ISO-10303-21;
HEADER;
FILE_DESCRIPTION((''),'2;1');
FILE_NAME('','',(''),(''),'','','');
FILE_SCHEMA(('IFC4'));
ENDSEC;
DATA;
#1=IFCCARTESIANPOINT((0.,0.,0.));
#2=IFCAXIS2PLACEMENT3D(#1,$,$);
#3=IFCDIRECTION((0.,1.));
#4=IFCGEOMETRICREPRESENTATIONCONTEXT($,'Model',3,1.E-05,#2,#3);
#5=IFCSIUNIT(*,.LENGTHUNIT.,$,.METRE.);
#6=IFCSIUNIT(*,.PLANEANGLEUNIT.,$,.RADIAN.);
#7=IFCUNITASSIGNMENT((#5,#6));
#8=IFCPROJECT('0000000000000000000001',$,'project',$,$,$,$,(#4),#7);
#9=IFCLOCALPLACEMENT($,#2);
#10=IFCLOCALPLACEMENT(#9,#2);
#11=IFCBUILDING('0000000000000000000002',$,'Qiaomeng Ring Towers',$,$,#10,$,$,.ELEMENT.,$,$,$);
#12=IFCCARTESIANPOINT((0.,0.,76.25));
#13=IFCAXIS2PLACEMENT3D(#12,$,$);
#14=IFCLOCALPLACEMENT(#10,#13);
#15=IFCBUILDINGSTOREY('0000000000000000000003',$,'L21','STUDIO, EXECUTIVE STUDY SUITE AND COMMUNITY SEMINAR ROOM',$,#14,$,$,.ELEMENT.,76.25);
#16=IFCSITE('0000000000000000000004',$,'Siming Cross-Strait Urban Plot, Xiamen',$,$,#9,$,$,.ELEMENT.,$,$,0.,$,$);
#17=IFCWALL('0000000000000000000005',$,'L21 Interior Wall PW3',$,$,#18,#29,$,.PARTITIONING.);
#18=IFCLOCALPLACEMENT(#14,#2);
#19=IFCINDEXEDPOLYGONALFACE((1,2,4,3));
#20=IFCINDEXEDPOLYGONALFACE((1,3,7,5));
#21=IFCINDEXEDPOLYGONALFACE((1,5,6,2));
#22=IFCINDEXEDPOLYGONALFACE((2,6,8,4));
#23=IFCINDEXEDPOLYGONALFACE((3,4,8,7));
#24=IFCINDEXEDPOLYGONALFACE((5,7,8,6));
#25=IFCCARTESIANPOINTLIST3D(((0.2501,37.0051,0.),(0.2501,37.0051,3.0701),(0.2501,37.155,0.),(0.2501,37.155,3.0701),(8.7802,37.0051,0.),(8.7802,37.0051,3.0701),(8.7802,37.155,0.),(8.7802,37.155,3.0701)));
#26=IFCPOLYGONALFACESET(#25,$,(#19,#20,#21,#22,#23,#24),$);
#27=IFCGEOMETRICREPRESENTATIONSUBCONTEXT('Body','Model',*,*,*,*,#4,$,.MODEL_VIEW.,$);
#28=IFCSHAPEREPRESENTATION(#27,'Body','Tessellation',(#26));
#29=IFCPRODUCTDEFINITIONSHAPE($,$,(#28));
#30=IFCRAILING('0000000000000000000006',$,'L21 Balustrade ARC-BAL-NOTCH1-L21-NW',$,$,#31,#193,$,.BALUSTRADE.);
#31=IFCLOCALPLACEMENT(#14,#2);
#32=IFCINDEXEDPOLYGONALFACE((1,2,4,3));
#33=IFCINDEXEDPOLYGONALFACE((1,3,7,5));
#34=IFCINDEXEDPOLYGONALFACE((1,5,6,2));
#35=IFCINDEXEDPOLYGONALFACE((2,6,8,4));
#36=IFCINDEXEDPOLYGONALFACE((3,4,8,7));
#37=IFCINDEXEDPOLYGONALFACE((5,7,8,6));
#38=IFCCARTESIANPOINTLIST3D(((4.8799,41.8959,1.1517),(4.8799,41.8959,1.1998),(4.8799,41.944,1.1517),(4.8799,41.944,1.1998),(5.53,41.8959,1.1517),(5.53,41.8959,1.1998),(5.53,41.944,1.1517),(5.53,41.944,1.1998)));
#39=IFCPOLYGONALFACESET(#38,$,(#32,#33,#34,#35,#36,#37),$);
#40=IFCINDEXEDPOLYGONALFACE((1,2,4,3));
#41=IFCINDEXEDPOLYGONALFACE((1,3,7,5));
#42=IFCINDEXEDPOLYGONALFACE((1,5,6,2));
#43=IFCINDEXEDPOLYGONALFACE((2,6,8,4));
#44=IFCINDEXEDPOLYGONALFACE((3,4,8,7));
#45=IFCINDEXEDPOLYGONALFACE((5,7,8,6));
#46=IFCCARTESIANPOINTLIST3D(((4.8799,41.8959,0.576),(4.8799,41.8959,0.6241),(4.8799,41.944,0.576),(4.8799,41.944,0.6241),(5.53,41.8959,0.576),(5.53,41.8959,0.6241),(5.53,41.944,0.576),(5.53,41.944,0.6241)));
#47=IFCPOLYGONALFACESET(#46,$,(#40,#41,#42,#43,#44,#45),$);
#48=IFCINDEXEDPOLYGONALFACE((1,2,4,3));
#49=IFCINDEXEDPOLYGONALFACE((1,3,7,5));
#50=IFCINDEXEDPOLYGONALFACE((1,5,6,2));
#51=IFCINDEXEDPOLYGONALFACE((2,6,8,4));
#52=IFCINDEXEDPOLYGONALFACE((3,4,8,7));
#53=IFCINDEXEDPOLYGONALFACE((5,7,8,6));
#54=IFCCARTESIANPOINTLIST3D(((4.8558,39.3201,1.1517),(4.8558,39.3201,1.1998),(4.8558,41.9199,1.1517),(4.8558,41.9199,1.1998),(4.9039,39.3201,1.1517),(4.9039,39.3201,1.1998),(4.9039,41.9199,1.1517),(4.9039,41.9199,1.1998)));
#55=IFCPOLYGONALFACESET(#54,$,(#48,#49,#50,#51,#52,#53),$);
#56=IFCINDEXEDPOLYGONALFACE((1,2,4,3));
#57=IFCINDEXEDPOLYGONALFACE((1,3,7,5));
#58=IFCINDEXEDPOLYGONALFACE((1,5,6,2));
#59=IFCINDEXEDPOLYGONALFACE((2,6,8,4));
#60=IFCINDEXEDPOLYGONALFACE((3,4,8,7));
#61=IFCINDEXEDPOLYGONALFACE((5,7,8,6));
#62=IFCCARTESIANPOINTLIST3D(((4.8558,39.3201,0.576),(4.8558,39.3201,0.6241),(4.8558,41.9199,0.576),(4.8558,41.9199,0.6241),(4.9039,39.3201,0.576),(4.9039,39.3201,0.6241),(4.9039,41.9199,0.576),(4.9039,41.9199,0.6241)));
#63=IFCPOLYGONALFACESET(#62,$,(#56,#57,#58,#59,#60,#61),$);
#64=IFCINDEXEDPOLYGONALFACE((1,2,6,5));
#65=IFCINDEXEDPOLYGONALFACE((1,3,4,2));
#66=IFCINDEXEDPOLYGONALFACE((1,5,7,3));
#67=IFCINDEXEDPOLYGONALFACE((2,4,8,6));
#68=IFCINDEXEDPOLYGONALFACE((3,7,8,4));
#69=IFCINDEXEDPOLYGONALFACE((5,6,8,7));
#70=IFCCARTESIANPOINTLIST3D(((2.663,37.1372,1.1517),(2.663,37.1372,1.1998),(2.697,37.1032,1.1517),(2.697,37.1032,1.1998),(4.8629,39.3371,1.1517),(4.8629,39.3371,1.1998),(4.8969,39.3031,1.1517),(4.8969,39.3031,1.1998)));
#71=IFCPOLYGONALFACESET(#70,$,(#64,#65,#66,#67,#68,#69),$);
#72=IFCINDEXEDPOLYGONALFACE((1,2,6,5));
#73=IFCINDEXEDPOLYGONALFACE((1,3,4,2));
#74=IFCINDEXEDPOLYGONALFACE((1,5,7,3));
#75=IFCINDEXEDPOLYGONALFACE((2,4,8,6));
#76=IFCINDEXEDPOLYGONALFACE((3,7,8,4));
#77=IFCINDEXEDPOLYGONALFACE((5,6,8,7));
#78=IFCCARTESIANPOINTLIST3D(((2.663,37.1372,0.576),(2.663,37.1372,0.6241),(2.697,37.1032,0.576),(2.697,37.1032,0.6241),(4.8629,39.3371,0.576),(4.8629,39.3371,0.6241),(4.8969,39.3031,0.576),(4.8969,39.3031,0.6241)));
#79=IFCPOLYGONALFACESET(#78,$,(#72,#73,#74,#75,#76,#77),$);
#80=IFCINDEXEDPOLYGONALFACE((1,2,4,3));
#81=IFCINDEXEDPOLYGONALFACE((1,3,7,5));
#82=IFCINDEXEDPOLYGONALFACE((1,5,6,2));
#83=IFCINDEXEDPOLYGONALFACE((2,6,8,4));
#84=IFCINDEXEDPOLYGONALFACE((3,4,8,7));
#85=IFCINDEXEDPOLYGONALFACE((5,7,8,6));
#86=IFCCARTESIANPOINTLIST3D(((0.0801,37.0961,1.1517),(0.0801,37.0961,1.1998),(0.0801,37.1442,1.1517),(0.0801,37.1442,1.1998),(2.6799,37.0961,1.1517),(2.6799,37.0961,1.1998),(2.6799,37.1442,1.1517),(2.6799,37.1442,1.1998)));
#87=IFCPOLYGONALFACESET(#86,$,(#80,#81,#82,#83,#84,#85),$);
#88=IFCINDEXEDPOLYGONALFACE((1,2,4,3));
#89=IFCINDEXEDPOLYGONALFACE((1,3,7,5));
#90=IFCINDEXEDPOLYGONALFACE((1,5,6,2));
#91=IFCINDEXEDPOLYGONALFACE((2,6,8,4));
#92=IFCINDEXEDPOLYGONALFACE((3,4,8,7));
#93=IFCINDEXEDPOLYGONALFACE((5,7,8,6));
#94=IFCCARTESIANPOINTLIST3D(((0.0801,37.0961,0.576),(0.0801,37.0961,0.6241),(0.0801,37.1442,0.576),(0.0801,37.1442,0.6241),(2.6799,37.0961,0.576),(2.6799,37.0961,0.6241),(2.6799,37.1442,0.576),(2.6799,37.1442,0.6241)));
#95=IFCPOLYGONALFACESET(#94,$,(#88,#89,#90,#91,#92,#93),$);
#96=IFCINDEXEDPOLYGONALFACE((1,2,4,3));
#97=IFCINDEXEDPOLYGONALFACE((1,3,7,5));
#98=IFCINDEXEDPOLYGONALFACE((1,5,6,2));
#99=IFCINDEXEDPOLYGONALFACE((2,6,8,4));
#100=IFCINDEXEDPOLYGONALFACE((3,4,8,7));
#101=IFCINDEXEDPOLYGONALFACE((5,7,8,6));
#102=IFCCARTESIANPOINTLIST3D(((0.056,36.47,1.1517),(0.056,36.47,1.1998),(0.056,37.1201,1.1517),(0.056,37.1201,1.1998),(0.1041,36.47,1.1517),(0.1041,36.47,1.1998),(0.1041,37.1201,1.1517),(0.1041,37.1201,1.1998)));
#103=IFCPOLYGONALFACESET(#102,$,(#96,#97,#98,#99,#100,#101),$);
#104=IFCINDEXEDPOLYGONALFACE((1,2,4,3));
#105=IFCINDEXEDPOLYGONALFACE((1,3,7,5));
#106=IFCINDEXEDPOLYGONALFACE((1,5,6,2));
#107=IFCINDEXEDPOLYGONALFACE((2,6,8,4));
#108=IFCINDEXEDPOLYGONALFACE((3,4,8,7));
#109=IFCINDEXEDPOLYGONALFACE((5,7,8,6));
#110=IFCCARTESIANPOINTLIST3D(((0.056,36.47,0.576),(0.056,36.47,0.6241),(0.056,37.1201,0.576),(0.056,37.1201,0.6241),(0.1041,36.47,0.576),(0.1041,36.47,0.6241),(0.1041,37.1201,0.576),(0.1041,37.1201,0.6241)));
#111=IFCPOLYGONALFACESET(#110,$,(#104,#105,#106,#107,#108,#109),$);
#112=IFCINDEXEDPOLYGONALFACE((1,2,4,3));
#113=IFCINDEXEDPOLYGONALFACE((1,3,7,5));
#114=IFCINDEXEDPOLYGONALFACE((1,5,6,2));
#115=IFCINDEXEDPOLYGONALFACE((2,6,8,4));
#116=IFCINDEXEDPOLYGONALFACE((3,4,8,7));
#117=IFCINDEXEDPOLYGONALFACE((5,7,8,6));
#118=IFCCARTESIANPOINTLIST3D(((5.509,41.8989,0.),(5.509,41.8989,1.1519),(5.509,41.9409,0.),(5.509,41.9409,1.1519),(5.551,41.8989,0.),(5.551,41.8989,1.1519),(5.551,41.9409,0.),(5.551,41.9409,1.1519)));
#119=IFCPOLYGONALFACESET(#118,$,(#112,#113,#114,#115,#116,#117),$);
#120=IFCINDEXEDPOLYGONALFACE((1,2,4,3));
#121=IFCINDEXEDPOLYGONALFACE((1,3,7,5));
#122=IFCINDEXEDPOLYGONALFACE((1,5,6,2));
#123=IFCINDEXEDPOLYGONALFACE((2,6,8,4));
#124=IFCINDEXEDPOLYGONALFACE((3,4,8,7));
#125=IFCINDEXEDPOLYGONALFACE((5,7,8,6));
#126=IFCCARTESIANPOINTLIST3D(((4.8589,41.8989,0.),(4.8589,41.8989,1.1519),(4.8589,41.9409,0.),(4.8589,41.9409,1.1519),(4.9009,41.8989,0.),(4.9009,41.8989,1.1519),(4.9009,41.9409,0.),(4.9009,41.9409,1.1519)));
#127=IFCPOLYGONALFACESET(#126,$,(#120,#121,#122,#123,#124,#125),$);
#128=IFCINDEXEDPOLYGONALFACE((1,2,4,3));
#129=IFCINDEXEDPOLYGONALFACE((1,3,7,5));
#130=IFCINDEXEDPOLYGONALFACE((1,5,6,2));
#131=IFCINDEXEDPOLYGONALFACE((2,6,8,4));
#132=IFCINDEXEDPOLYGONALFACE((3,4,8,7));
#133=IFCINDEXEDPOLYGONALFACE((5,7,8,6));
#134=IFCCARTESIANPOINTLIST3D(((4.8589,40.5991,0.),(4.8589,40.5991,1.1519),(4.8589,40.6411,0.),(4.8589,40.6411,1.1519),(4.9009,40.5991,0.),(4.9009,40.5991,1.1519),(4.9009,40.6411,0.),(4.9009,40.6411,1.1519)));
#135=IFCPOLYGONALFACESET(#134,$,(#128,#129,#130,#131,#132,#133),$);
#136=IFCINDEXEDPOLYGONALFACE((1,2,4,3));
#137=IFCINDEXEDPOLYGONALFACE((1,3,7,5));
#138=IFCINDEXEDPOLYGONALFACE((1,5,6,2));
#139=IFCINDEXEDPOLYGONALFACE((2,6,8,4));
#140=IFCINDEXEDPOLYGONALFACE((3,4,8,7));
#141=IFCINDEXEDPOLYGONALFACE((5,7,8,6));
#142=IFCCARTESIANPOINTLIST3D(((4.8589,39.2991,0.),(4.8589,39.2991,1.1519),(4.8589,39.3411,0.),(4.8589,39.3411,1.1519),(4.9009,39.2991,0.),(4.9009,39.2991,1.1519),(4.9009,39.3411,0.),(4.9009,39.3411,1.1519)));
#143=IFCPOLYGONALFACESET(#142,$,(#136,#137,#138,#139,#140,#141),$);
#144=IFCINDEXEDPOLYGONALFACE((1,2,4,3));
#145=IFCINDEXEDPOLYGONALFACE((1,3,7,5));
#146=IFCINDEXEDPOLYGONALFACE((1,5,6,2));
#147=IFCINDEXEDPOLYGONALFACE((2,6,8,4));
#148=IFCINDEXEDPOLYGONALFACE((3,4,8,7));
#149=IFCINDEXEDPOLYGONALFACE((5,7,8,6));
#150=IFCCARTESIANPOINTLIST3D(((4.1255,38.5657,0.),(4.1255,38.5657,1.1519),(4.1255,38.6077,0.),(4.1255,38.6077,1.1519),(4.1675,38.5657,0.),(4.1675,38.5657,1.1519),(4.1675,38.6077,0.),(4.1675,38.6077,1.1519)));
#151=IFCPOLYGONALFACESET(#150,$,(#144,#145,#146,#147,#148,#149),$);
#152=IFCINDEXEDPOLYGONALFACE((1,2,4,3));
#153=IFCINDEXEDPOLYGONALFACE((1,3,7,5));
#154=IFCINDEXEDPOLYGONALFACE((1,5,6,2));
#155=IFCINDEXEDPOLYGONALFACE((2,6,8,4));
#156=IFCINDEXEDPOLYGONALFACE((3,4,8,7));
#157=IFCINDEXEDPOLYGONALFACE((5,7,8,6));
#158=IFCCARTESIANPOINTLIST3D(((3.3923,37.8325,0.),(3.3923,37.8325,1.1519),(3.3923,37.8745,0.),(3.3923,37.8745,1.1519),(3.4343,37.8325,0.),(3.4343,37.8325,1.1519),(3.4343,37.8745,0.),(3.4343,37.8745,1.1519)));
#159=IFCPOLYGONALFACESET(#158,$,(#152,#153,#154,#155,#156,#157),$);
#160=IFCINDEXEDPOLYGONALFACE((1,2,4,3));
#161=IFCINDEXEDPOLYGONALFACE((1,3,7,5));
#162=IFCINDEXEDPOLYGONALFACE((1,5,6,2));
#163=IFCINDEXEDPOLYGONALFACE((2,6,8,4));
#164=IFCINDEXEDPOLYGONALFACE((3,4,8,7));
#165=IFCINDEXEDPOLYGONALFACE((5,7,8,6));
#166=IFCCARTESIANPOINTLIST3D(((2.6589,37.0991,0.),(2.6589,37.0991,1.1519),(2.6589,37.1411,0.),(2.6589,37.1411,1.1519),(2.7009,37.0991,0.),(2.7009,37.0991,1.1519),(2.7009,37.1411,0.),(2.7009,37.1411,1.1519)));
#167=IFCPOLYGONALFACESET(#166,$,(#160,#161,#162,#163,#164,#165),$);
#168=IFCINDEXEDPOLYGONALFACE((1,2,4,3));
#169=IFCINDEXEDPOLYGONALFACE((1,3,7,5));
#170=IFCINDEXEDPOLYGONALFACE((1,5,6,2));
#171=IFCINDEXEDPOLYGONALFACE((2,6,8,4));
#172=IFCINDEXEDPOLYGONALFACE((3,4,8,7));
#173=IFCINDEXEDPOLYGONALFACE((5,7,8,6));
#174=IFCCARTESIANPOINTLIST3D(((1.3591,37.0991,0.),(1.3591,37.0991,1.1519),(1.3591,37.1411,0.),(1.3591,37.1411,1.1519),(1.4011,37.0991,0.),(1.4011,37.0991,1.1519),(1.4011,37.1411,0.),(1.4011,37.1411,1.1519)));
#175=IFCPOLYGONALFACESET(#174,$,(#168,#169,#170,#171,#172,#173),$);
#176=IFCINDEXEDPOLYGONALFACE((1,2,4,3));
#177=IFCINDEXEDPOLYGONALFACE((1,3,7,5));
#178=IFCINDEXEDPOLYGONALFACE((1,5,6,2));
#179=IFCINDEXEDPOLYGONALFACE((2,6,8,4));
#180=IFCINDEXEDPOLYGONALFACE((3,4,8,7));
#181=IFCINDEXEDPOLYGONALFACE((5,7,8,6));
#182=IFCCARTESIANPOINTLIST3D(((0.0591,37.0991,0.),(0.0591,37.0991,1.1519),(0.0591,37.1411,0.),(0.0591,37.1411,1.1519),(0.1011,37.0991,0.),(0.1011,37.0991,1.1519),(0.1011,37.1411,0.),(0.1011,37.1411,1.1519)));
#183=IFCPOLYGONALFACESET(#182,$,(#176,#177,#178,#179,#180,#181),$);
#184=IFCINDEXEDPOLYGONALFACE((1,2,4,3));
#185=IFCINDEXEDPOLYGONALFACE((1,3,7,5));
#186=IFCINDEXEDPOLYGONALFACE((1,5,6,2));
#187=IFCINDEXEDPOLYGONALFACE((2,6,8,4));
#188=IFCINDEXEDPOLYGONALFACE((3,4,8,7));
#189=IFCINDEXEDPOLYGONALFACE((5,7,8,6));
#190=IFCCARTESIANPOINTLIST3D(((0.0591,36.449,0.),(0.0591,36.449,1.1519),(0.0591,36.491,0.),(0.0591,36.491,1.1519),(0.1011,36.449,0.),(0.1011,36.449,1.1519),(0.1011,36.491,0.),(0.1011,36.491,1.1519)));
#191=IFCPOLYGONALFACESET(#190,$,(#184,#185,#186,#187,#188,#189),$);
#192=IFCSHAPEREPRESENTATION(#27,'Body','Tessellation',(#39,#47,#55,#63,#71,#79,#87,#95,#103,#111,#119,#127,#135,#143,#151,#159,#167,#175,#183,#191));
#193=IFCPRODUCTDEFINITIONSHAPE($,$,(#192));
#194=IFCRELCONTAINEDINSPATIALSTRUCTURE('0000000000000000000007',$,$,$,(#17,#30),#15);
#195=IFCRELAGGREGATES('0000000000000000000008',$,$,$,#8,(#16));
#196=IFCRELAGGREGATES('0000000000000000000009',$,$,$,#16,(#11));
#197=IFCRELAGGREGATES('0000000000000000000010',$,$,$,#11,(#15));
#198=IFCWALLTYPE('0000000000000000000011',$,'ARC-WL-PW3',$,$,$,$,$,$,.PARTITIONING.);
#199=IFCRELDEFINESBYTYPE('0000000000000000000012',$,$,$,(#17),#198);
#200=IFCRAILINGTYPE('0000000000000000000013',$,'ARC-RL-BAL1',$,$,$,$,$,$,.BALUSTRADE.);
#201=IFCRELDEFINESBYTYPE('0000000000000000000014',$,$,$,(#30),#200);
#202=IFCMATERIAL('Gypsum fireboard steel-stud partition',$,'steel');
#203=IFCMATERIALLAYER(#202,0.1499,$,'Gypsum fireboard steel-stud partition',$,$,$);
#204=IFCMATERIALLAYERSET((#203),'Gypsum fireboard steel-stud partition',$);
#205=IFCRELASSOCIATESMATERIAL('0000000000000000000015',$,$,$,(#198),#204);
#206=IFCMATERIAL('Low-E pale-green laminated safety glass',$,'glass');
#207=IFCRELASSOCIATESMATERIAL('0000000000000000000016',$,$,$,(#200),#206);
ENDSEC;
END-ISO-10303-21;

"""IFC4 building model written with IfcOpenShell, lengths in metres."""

from ifc_helpers import new_model, si_unit, direction, frame, frame_2d, origin, origin_2d, place, context, subcontext, project, spatial, rectangle, extrude, material, layer, layer_set, type_object, element, save


model = new_model("IFC4")

# Units and contexts
model_context = context("Model", 3, precision=1e-05, world=origin(), true_north=direction((0.0, 1.0)))
body_context = subcontext(model_context, "Body", "Model", "MODEL_VIEW")
ifc_project = project(units=[si_unit("LENGTHUNIT", "METRE"), si_unit("PLANEANGLEUNIT", "RADIAN")], contexts=[model_context])

# Site, building, storey
site_placement = place(None, origin())
site = spatial("IfcSite", under=ifc_project, at=site_placement, Name="Siming Cross-Strait Urban Plot, Xiamen", CompositionType="ELEMENT", RefElevation=0.0)
building_placement = place(site_placement, origin())
building = spatial("IfcBuilding", under=site, at=building_placement, Name="Qiaomeng Ring Towers", CompositionType="ELEMENT")
storey_placement = place(building_placement, frame((0.0, 0.0, 76.25)))
storey = spatial("IfcBuildingStorey", under=building, at=storey_placement, Name="L21", Description="STUDIO, EXECUTIVE STUDY SUITE AND COMMUNITY SEMINAR ROOM", CompositionType="ELEMENT", Elevation=76.25)

# Wall
ifc_material_1 = material(Name="Gypsum fireboard steel-stud partition", Category="steel")
ifc_layer_1 = layer(ifc_material_1, 0.1499, Name="Gypsum fireboard steel-stud partition")
ifc_layer_set_1 = layer_set([ifc_layer_1], Name="Gypsum fireboard steel-stud partition")
wall_type_1 = type_object("IfcWallType", Name="ARC-WL-PW3", PredefinedType="PARTITIONING", material=ifc_layer_set_1)
wall_1_placement = place(storey_placement, frame((0.25, 37.0801, 0.0), z_axis=(0.0, 0.0, 1.0), x_axis=(1.0, 0.0, 0.0)))
element("IfcWall", 1, at=wall_1_placement, inside=storey, type_object=wall_type_1, Name="L21 Interior Wall PW3", PredefinedType="PARTITIONING", context=body_context, shape_type="SweptSolid", body=[
    extrude(rectangle(XDim=8.53, YDim=0.1499, at=frame_2d((4.2651, 0.0))), origin(), (0.0, 0.0, 1.0), 3.0701),
])

# Railing
ifc_material_2 = material(Name="Low-E pale-green laminated safety glass", Category="glass")
railing_type = type_object("IfcRailingType", Name="ARC-RL-BAL1", PredefinedType="BALUSTRADE", material=ifc_material_2)
railing_placement = place(storey_placement, frame((5.53, 41.9199, 0.0)))
element("IfcRailing", 2, at=railing_placement, inside=storey, type_object=railing_type, Name="L21 Balustrade ARC-BAL-NOTCH1-L21-NW", PredefinedType="BALUSTRADE", context=body_context, shape_type="SweptSolid", body=[
    extrude(rectangle(XDim=0.0481, YDim=0.0481, at=origin_2d()), frame((0.0, 0.0, 1.1758), z_axis=(-1.0, 0.0, 0.0), x_axis=(0.0, -1.0, 0.0)), (0.0, 0.0, 1.0), 0.6501),
    extrude(rectangle(XDim=0.0481, YDim=0.0481, at=origin_2d()), frame((0.0, 0.0, 0.6001), z_axis=(-1.0, 0.0, 0.0), x_axis=(0.0, -1.0, 0.0)), (0.0, 0.0, 1.0), 0.6501),
    extrude(rectangle(XDim=0.0481, YDim=0.0481, at=origin_2d()), frame((-0.6501, 0.0, 1.1758), z_axis=(0.0, -1.0, 0.0), x_axis=(1.0, 0.0, 0.0)), (0.0, 0.0, 1.0), 2.5999),
    extrude(rectangle(XDim=0.0481, YDim=0.0481, at=origin_2d()), frame((-0.6501, 0.0, 0.6001), z_axis=(0.0, -1.0, 0.0), x_axis=(1.0, 0.0, 0.0)), (0.0, 0.0, 1.0), 2.5999),
    extrude(rectangle(XDim=0.0481, YDim=0.0481, at=origin_2d()), frame((-0.6501, -2.5999, 1.1758), z_axis=(-0.707107, -0.707107, 0.0), x_axis=(0.707107, -0.707107, 0.0)), (0.0, 0.0, 1.0), 3.1111),
    extrude(rectangle(XDim=0.0481, YDim=0.0481, at=origin_2d()), frame((-0.6501, -2.5999, 0.6001), z_axis=(-0.707107, -0.707107, 0.0), x_axis=(0.707107, -0.707107, 0.0)), (0.0, 0.0, 1.0), 3.1111),
    extrude(rectangle(XDim=0.0481, YDim=0.0481, at=origin_2d()), frame((-2.8501, -4.7998, 1.1758), z_axis=(-1.0, 0.0, 0.0), x_axis=(0.0, -1.0, 0.0)), (0.0, 0.0, 1.0), 2.5999),
    extrude(rectangle(XDim=0.0481, YDim=0.0481, at=origin_2d()), frame((-2.8501, -4.7998, 0.6001), z_axis=(-1.0, 0.0, 0.0), x_axis=(0.0, -1.0, 0.0)), (0.0, 0.0, 1.0), 2.5999),
    extrude(rectangle(XDim=0.0481, YDim=0.0481, at=origin_2d()), frame((-5.45, -4.7998, 1.1758), z_axis=(0.0, -1.0, 0.0), x_axis=(1.0, 0.0, 0.0)), (0.0, 0.0, 1.0), 0.6501),
    extrude(rectangle(XDim=0.0481, YDim=0.0481, at=origin_2d()), frame((-5.45, -4.7998, 0.6001), z_axis=(0.0, -1.0, 0.0), x_axis=(1.0, 0.0, 0.0)), (0.0, 0.0, 1.0), 0.6501),
    extrude(rectangle(XDim=0.042, YDim=0.042, at=origin_2d()), origin(), (0.0, 0.0, 1.0), 1.1519),
    extrude(rectangle(XDim=0.042, YDim=0.042, at=origin_2d()), frame((-0.6501, 0.0, 0.0)), (0.0, 0.0, 1.0), 1.1519),
    extrude(rectangle(XDim=0.042, YDim=0.042, at=origin_2d()), frame((-0.6501, -1.2998, 0.0)), (0.0, 0.0, 1.0), 1.1519),
    extrude(rectangle(XDim=0.042, YDim=0.042, at=origin_2d()), frame((-0.6501, -2.5999, 0.0)), (0.0, 0.0, 1.0), 1.1519),
    extrude(rectangle(XDim=0.042, YDim=0.042, at=origin_2d()), frame((-1.3835, -3.3333, 0.0)), (0.0, 0.0, 1.0), 1.1519),
    extrude(rectangle(XDim=0.042, YDim=0.042, at=origin_2d()), frame((-2.1167, -4.0664, 0.0)), (0.0, 0.0, 1.0), 1.1519),
    extrude(rectangle(XDim=0.042, YDim=0.042, at=origin_2d()), frame((-2.8501, -4.7998, 0.0)), (0.0, 0.0, 1.0), 1.1519),
    extrude(rectangle(XDim=0.042, YDim=0.042, at=origin_2d()), frame((-4.1499, -4.7998, 0.0)), (0.0, 0.0, 1.0), 1.1519),
    extrude(rectangle(XDim=0.042, YDim=0.042, at=origin_2d()), frame((-5.45, -4.7998, 0.0)), (0.0, 0.0, 1.0), 1.1519),
    extrude(rectangle(XDim=0.042, YDim=0.042, at=origin_2d()), frame((-5.45, -5.45, 0.0)), (0.0, 0.0, 1.0), 1.1519),
])

save(model, "model.ifc")
